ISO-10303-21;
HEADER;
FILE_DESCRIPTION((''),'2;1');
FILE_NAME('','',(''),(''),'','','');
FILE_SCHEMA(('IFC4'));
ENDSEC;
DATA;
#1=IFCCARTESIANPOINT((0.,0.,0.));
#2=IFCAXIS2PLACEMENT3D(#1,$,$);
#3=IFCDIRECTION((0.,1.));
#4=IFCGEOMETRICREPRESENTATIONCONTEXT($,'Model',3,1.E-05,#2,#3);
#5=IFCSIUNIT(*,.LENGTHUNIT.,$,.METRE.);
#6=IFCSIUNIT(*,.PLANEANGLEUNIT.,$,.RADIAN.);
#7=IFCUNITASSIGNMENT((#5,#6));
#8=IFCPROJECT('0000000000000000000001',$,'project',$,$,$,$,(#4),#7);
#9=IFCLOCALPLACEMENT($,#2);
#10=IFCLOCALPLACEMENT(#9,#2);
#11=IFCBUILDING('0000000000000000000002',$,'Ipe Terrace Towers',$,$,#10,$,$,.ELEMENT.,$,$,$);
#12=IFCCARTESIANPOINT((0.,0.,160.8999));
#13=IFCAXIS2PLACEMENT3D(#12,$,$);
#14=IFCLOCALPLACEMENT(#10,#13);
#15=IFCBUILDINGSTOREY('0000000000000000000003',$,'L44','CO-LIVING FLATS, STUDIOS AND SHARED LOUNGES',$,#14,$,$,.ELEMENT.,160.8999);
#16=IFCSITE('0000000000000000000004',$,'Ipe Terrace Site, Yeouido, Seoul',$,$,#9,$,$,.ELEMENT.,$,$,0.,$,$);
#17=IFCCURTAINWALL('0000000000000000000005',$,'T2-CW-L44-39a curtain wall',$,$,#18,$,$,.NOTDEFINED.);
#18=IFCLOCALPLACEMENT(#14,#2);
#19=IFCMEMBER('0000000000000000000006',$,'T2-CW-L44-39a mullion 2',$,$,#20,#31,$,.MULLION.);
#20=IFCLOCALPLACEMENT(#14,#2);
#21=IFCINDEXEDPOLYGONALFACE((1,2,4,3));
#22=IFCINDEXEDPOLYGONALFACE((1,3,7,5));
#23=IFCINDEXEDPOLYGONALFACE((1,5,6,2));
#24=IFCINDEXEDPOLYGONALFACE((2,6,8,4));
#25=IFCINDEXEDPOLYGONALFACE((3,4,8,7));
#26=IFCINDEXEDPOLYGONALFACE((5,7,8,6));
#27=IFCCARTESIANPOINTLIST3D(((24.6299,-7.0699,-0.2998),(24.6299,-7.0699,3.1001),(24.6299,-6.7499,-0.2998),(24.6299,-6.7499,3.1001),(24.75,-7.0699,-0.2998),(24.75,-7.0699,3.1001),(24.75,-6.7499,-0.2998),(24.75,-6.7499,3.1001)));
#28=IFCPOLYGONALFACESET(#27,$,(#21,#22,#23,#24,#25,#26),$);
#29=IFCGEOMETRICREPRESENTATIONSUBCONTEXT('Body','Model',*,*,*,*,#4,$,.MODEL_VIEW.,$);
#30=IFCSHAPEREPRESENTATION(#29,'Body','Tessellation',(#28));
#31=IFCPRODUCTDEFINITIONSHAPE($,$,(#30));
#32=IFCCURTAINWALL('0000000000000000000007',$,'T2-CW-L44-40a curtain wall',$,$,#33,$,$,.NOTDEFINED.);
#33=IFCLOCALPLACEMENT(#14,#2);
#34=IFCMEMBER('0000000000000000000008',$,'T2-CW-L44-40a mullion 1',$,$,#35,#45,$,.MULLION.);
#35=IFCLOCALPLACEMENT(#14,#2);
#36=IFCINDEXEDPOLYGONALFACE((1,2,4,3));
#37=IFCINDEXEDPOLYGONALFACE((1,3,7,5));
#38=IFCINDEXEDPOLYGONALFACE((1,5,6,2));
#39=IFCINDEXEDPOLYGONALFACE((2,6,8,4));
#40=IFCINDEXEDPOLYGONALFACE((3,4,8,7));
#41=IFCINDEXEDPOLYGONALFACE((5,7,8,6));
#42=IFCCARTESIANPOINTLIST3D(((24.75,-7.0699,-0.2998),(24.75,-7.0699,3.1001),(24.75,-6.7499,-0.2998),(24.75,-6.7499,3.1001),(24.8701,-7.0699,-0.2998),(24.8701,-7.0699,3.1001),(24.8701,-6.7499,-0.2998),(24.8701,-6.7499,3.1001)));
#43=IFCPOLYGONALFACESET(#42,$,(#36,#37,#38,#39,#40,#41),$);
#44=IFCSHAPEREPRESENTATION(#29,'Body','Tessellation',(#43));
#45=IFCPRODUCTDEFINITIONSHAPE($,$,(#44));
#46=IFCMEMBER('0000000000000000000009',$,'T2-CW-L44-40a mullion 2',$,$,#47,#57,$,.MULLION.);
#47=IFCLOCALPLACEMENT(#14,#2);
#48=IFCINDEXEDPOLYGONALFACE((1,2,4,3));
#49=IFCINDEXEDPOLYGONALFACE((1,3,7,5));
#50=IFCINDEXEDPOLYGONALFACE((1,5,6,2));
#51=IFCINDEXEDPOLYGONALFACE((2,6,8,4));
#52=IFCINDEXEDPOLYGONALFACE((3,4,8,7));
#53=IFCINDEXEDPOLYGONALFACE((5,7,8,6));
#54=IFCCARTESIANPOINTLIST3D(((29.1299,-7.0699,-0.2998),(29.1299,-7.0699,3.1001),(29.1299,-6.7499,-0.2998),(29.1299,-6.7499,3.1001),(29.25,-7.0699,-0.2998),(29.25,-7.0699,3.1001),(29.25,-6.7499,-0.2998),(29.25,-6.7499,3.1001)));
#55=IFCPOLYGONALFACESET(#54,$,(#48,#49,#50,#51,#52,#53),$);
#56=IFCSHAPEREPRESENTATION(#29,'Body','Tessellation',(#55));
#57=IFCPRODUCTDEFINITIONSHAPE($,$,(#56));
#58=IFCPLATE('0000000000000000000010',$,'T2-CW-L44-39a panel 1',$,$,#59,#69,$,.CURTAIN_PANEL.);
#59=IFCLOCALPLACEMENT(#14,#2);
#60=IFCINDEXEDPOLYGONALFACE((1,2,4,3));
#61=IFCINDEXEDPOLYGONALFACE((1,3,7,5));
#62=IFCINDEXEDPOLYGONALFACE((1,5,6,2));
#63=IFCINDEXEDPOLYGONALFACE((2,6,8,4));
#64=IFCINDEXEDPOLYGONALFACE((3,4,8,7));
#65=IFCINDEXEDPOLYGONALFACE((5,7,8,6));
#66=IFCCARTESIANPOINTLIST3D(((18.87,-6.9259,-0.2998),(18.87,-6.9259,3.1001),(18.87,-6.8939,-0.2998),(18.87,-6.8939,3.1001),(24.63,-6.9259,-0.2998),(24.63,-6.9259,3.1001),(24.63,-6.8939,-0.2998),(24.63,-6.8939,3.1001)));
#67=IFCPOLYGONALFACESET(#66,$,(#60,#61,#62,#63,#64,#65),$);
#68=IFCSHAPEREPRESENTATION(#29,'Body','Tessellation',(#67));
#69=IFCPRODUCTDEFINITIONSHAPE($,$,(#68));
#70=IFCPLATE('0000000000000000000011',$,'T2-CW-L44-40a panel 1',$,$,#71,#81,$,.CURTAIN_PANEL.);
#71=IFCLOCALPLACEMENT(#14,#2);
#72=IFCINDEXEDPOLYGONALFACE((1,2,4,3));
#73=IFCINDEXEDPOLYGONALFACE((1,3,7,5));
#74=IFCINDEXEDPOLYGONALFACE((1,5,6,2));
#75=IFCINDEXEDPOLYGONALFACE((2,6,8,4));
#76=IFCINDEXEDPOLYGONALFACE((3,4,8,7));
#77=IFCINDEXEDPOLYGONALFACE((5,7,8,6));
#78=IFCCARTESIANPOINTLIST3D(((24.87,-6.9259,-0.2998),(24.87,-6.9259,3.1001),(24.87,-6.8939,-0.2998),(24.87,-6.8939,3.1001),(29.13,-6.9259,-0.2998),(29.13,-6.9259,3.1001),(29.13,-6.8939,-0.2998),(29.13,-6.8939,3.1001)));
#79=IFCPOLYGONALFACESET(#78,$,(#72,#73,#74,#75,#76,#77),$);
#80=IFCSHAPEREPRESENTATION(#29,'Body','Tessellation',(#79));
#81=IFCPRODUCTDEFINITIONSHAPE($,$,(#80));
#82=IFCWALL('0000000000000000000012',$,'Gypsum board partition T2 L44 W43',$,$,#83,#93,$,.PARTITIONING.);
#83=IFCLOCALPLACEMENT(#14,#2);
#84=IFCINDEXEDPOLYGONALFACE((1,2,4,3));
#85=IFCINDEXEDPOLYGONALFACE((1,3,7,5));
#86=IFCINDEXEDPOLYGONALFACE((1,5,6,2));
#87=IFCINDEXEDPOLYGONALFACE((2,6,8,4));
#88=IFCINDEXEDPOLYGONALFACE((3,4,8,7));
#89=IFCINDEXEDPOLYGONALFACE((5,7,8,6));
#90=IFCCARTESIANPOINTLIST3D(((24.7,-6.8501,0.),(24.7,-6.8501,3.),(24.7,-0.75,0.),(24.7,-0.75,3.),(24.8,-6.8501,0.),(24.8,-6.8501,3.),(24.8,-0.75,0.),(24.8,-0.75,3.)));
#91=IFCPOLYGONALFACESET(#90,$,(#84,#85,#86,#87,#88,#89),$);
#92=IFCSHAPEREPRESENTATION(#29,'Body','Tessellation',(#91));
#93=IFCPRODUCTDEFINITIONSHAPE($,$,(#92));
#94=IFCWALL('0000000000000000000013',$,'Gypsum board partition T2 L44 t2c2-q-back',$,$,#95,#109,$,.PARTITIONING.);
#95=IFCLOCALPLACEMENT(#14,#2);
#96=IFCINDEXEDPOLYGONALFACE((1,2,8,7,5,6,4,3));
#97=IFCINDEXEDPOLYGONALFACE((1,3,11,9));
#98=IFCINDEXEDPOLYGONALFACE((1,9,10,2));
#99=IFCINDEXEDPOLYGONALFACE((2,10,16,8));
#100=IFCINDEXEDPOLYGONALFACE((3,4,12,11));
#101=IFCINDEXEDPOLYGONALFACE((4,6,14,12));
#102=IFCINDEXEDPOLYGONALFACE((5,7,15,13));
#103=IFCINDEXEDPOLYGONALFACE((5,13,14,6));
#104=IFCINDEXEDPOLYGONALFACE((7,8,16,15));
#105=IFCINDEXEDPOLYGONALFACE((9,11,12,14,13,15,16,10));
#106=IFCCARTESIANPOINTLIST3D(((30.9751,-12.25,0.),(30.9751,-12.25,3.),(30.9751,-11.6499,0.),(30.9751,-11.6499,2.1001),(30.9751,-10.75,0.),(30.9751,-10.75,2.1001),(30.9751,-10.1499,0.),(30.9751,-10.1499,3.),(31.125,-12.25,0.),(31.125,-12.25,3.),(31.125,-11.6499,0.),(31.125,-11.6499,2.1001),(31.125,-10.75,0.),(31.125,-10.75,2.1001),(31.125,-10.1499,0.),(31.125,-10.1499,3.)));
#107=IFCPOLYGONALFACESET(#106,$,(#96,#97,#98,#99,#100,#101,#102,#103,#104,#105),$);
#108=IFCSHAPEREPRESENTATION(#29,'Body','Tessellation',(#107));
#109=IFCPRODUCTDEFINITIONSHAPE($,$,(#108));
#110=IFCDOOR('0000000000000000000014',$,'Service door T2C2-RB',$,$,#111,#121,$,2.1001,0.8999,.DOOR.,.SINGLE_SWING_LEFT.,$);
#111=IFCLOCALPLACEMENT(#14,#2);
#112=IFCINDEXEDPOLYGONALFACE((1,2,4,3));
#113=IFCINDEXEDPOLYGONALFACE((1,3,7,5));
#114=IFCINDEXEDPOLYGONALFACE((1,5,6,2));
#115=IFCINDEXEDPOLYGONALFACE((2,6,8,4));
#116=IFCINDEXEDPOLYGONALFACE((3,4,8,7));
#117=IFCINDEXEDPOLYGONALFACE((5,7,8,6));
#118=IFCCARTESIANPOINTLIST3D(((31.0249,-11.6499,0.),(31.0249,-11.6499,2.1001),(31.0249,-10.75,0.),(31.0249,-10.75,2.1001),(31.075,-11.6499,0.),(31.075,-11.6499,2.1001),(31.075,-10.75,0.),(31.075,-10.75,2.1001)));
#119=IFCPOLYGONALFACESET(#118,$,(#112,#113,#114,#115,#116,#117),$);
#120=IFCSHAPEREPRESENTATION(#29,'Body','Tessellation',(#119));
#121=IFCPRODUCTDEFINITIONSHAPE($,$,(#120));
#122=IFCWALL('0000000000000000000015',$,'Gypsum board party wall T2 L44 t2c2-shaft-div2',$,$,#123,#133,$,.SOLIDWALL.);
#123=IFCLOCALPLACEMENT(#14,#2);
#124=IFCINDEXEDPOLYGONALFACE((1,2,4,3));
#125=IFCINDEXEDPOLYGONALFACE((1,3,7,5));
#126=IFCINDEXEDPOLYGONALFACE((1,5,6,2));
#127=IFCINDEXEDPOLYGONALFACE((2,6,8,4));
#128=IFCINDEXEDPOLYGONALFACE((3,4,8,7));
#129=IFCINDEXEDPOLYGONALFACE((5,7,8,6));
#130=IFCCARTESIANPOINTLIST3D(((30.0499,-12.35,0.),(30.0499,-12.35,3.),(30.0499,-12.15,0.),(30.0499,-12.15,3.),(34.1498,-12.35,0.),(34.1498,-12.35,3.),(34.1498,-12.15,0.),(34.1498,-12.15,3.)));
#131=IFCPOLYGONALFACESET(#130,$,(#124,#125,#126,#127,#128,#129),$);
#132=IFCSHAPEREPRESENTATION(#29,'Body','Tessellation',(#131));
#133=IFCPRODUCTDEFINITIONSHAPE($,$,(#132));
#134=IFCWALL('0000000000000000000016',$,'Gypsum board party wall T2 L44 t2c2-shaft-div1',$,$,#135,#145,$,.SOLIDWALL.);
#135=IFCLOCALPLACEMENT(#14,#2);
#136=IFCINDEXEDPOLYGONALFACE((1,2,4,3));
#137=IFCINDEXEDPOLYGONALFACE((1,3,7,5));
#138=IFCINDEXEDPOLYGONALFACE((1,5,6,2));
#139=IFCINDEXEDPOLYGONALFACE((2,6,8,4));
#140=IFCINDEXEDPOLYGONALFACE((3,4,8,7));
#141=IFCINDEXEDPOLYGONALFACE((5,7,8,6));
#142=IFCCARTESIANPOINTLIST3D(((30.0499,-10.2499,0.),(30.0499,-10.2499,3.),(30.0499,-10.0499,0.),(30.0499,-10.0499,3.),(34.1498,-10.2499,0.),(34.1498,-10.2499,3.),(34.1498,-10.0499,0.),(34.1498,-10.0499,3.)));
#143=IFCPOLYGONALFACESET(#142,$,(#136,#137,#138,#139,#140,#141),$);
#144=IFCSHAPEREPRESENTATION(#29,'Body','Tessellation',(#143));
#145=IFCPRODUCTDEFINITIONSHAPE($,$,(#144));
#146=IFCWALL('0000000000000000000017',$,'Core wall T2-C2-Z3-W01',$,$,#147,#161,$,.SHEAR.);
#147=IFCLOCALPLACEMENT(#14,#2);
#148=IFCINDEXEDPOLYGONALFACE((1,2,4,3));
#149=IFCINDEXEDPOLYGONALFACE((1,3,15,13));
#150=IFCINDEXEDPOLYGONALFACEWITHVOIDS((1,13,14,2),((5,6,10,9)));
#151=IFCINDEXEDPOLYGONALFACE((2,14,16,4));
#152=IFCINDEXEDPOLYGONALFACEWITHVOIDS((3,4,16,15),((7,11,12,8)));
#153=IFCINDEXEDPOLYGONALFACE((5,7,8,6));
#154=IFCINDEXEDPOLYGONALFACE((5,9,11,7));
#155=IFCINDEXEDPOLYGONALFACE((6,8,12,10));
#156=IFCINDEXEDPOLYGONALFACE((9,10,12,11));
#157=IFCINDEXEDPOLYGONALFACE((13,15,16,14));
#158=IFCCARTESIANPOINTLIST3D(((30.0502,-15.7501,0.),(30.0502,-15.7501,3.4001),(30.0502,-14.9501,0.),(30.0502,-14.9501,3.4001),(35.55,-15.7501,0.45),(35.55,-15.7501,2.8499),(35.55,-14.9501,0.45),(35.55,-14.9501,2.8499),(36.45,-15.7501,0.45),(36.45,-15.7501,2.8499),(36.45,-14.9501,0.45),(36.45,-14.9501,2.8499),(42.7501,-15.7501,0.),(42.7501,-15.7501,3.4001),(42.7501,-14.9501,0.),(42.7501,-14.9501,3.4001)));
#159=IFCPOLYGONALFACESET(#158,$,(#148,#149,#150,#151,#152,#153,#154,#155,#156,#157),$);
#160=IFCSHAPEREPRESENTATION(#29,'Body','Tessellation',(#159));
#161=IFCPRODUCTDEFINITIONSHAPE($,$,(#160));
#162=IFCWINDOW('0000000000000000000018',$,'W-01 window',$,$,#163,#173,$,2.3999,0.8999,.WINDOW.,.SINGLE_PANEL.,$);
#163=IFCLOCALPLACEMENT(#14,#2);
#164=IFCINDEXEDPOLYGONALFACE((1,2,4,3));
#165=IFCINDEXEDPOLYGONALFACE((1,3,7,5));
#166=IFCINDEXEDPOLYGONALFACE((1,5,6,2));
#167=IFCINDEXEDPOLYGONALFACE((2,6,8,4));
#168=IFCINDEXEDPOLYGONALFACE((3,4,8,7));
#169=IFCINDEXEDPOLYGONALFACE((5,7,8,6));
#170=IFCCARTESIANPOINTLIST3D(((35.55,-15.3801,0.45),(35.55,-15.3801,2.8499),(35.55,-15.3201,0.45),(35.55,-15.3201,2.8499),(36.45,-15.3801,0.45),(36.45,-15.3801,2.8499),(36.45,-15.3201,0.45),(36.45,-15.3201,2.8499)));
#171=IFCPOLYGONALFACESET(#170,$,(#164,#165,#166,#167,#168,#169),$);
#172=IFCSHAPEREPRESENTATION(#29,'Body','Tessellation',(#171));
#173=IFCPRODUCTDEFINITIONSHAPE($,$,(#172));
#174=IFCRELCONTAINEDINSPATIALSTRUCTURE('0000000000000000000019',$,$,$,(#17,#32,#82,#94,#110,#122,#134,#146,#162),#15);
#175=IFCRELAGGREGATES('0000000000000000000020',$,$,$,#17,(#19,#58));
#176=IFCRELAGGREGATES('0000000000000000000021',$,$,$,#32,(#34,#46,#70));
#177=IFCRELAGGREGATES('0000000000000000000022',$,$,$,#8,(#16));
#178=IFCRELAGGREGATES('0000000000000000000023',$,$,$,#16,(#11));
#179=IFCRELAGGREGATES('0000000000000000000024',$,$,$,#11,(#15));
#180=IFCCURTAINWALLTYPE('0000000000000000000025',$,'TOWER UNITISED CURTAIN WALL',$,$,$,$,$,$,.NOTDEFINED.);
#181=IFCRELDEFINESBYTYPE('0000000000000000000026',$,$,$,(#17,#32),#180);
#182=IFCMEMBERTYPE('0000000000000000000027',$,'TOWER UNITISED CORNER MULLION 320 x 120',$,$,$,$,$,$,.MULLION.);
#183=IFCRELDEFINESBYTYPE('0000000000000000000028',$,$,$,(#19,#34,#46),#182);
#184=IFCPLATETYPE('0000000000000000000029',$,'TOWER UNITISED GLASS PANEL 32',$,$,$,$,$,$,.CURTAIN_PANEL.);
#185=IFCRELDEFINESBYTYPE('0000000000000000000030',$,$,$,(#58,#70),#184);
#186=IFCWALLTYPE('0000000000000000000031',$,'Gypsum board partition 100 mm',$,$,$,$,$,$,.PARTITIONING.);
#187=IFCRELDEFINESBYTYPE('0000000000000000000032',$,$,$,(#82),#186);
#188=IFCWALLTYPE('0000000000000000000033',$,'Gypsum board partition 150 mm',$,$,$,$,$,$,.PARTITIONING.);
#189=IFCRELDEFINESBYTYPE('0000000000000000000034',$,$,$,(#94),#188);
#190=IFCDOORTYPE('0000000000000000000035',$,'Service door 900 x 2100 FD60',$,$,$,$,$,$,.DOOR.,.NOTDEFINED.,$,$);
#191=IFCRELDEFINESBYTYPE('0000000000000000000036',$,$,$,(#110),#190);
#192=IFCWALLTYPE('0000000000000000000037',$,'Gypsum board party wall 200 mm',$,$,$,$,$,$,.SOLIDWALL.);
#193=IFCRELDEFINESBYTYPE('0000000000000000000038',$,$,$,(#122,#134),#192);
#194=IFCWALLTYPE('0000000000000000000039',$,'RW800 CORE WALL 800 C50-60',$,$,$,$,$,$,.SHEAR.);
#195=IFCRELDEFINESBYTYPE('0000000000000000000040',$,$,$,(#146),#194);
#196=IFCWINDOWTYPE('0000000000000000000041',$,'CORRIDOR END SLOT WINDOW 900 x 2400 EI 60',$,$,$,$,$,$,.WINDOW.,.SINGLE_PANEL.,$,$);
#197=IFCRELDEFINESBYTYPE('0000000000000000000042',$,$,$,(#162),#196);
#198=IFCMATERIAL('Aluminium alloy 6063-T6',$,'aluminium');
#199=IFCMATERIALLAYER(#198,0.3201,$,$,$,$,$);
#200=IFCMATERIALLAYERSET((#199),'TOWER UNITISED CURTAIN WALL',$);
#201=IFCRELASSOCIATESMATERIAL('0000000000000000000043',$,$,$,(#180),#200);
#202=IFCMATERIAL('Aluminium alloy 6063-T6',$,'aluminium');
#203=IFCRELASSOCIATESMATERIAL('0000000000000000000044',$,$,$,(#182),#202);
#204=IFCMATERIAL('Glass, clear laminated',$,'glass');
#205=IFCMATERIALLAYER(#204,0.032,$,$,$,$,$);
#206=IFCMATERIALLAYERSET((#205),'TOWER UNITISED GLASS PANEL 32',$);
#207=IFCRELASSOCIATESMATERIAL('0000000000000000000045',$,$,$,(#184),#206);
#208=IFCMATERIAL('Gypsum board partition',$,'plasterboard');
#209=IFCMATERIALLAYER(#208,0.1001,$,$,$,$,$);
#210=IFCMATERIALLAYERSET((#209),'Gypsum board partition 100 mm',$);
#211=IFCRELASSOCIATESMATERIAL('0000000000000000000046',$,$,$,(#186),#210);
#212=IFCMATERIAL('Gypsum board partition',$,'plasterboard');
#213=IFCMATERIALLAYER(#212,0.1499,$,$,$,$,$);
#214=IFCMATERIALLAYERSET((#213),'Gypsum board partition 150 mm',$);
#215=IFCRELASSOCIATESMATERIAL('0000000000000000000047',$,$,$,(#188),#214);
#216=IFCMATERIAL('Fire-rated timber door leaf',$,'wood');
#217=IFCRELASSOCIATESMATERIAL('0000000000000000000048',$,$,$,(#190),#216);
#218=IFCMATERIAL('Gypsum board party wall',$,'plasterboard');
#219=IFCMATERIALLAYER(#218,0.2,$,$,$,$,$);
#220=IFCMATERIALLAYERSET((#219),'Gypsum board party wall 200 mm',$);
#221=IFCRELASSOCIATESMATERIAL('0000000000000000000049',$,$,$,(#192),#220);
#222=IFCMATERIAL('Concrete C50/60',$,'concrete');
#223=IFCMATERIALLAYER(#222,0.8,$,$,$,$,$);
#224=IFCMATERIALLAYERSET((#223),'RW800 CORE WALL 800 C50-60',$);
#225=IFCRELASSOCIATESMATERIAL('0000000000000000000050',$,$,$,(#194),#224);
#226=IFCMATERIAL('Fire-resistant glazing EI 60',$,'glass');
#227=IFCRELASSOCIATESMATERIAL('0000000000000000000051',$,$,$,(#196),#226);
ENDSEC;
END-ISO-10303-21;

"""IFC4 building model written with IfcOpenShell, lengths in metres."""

from ifc_helpers import new_model, si_unit, direction, frame, frame_2d, origin, origin_2d, place, context, subcontext, project, spatial, rectangle, extrude, material, layer, layer_set, material_profile, profile_set, type_object, element, fill, aggregate, save


model = new_model("IFC4")

# Units and contexts
model_context = context("Model", 3, precision=1e-05, world=origin(), true_north=direction((0.0, 1.0)))
body_context = subcontext(model_context, "Body", "Model", "MODEL_VIEW")
ifc_project = project(units=[si_unit("LENGTHUNIT", "METRE"), si_unit("PLANEANGLEUNIT", "RADIAN")], contexts=[model_context])

# Site, building, storey
site_placement = place(None, origin())
site = spatial("IfcSite", under=ifc_project, at=site_placement, Name="Ipe Terrace Site, Yeouido, Seoul", CompositionType="ELEMENT", RefElevation=0.0)
building_placement = place(site_placement, origin())
building = spatial("IfcBuilding", under=site, at=building_placement, Name="Ipe Terrace Towers", CompositionType="ELEMENT")
storey_placement = place(building_placement, frame((0.0, 0.0, 160.8999)))
storey = spatial("IfcBuildingStorey", under=building, at=storey_placement, Name="L44", Description="CO-LIVING FLATS, STUDIOS AND SHARED LOUNGES", CompositionType="ELEMENT", Elevation=160.8999)

# Curtain wall, member
ifc_material_1 = material(Name="Aluminium alloy 6063-T6", Category="aluminium")
ifc_layer_1 = layer(ifc_material_1, 0.3201)
ifc_layer_set_1 = layer_set([ifc_layer_1], Name="TOWER UNITISED CURTAIN WALL")
curtain_wall_type = type_object("IfcCurtainWallType", Name="TOWER UNITISED CURTAIN WALL", PredefinedType="NOTDEFINED", material=ifc_layer_set_1)
curtain_wall_1_placement = place(storey_placement, origin())
curtain_wall_1 = element("IfcCurtainWall", 1, at=curtain_wall_1_placement, inside=storey, type_object=curtain_wall_type, Name="T2-CW-L44-39a curtain wall", PredefinedType="NOTDEFINED")
ifc_material_2 = material(Name="Aluminium alloy 6063-T6", Category="aluminium")
ifc_material_profile = material_profile(ifc_material_2, rectangle(XDim=0.3201, YDim=0.1201, at=origin_2d()), Name="TOWER UNITISED CORNER MULLION 320 x 120")
ifc_profile_set = profile_set([ifc_material_profile], Name="Aluminium alloy 6063-T6")
member_type = type_object("IfcMemberType", Name="TOWER UNITISED CORNER MULLION 320 x 120", PredefinedType="MULLION", material=ifc_profile_set)
member_1_placement = place(storey_placement, frame((24.6899, -6.9099, -0.2998), z_axis=(0.0, 0.0, 1.0), x_axis=(0.0, -1.0, 0.0)))
member_1 = element("IfcMember", 2, at=member_1_placement, type_object=member_type, Name="T2-CW-L44-39a mullion 2", PredefinedType="MULLION", context=body_context, shape_type="SweptSolid", body=[
    extrude(rectangle(XDim=0.3201, YDim=0.1201, at=origin_2d()), origin(), (0.0, 0.0, 1.0), 3.3999),
])

# Curtain wall, members
curtain_wall_2_placement = place(storey_placement, origin())
curtain_wall_2 = element("IfcCurtainWall", 3, at=curtain_wall_2_placement, inside=storey, type_object=curtain_wall_type, Name="T2-CW-L44-40a curtain wall", PredefinedType="NOTDEFINED")
member_2_placement = place(storey_placement, frame((24.8101, -6.9099, -0.2998), z_axis=(0.0, 0.0, 1.0), x_axis=(0.0, -1.0, 0.0)))
member_2 = element("IfcMember", 4, at=member_2_placement, type_object=member_type, Name="T2-CW-L44-40a mullion 1", PredefinedType="MULLION", context=body_context, shape_type="SweptSolid", body=[
    extrude(rectangle(XDim=0.3201, YDim=0.1201, at=origin_2d()), origin(), (0.0, 0.0, 1.0), 3.3999),
])
member_3_placement = place(storey_placement, frame((29.1899, -6.9099, -0.2998), z_axis=(0.0, 0.0, 1.0), x_axis=(0.0, -1.0, 0.0)))
member_3 = element("IfcMember", 5, at=member_3_placement, type_object=member_type, Name="T2-CW-L44-40a mullion 2", PredefinedType="MULLION", context=body_context, shape_type="SweptSolid", body=[
    extrude(rectangle(XDim=0.3201, YDim=0.1201, at=origin_2d()), origin(), (0.0, 0.0, 1.0), 3.3999),
])

# Plates
ifc_material_3 = material(Name="Glass, clear laminated", Category="glass")
ifc_layer_2 = layer(ifc_material_3, 0.032)
ifc_layer_set_2 = layer_set([ifc_layer_2], Name="TOWER UNITISED GLASS PANEL 32")
plate_type = type_object("IfcPlateType", Name="TOWER UNITISED GLASS PANEL 32", PredefinedType="CURTAIN_PANEL", material=ifc_layer_set_2)
plate_1_placement = place(storey_placement, frame((21.75, -6.9099, -0.2998), z_axis=(0.0, 0.0, 1.0), x_axis=(1.0, 0.0, 0.0)))
plate_1 = element("IfcPlate", 6, at=plate_1_placement, type_object=plate_type, Name="T2-CW-L44-39a panel 1", PredefinedType="CURTAIN_PANEL", context=body_context, shape_type="SweptSolid", body=[
    extrude(rectangle(XDim=5.76, YDim=0.032, at=origin_2d()), origin(), (0.0, 0.0, 1.0), 3.3999),
])
aggregate(curtain_wall_1, [member_1, plate_1])
plate_2_placement = place(storey_placement, frame((27.0, -6.9099, -0.2998), z_axis=(0.0, 0.0, 1.0), x_axis=(1.0, 0.0, 0.0)))
plate_2 = element("IfcPlate", 7, at=plate_2_placement, type_object=plate_type, Name="T2-CW-L44-40a panel 1", PredefinedType="CURTAIN_PANEL", context=body_context, shape_type="SweptSolid", body=[
    extrude(rectangle(XDim=4.26, YDim=0.032, at=origin_2d()), origin(), (0.0, 0.0, 1.0), 3.3999),
])
aggregate(curtain_wall_2, [member_2, member_3, plate_2])

# Wall
ifc_material_4 = material(Name="Gypsum board partition", Category="plasterboard")
ifc_layer_3 = layer(ifc_material_4, 0.1001)
ifc_layer_set_3 = layer_set([ifc_layer_3], Name="Gypsum board partition 100 mm")
wall_type_1 = type_object("IfcWallType", Name="Gypsum board partition 100 mm", PredefinedType="PARTITIONING", material=ifc_layer_set_3)
wall_1_placement = place(storey_placement, frame((24.75, -6.8501, 0.0), z_axis=(0.0, 0.0, 1.0), x_axis=(0.0, 1.0, 0.0)))
element("IfcWall", 8, at=wall_1_placement, inside=storey, type_object=wall_type_1, Name="Gypsum board partition T2 L44 W43", PredefinedType="PARTITIONING", context=body_context, shape_type="SweptSolid", body=[
    extrude(rectangle(XDim=6.1001, YDim=0.1001, at=frame_2d((3.05, 0.0))), origin(), (0.0, 0.0, 1.0), 3.0),
])

# Wall, opening, door
ifc_material_5 = material(Name="Gypsum board partition", Category="plasterboard")
ifc_layer_4 = layer(ifc_material_5, 0.1499)
ifc_layer_set_4 = layer_set([ifc_layer_4], Name="Gypsum board partition 150 mm")
wall_type_2 = type_object("IfcWallType", Name="Gypsum board partition 150 mm", PredefinedType="PARTITIONING", material=ifc_layer_set_4)
wall_2_placement = place(storey_placement, frame((31.05, -10.1499, 0.0), z_axis=(0.0, 0.0, 1.0), x_axis=(0.0, -1.0, 0.0)))
wall_2 = element("IfcWall", 9, at=wall_2_placement, inside=storey, type_object=wall_type_2, Name="Gypsum board partition T2 L44 t2c2-q-back", PredefinedType="PARTITIONING", context=body_context, shape_type="SweptSolid", body=[
    extrude(rectangle(XDim=2.1001, YDim=0.1499, at=frame_2d((1.05, 0.0))), origin(), (0.0, 0.0, 1.0), 3.0),
])
opening_1_placement = place(wall_2_placement, frame((0.6001, 0.0, 0.0)))
opening_1 = element("IfcOpeningElement", 10, at=opening_1_placement, cuts=wall_2, PredefinedType="OPENING", context=body_context, shape_type="SweptSolid", body=[
    extrude(rectangle(XDim=0.8999, YDim=2.1001, at=frame_2d((0.45, 1.05))), frame((0.0, 0.085, 0.0), z_axis=(0.0, -1.0, 0.0), x_axis=(1.0, 0.0, 0.0)), (0.0, 0.0, 1.0), 0.1699),
])
ifc_material_6 = material(Name="Fire-rated timber door leaf", Category="wood")
door_type = type_object("IfcDoorType", Name="Service door 900 x 2100 FD60", OperationType="NOTDEFINED", PredefinedType="DOOR", material=ifc_material_6)
door_placement = place(opening_1_placement, origin())
door = element("IfcDoor", 11, at=door_placement, inside=storey, type_object=door_type, Name="Service door T2C2-RB", OperationType="SINGLE_SWING_LEFT", OverallHeight=2.1001, OverallWidth=0.8999, PredefinedType="DOOR", context=body_context, shape_type="SweptSolid", body=[
    extrude(rectangle(XDim=0.8999, YDim=2.1001, at=frame_2d((0.45, 1.05))), frame((0.0, 0.0249, 0.0), z_axis=(0.0, -1.0, 0.0), x_axis=(1.0, 0.0, 0.0)), (0.0, 0.0, 1.0), 0.05),
])
fill(opening_1, door)

# Walls
ifc_material_7 = material(Name="Gypsum board party wall", Category="plasterboard")
ifc_layer_5 = layer(ifc_material_7, 0.2)
ifc_layer_set_5 = layer_set([ifc_layer_5], Name="Gypsum board party wall 200 mm")
wall_type_3 = type_object("IfcWallType", Name="Gypsum board party wall 200 mm", PredefinedType="SOLIDWALL", material=ifc_layer_set_5)
for number, where, z_axis, x_axis, name in (
    (12, (30.05, -12.25, 0.0), (0.0, 0.0, 1.0), (1.0, 0.0, 0.0), "Gypsum board party wall T2 L44 t2c2-shaft-div2"),
    (13, (30.05, -10.1499, 0.0), (0.0, 0.0, 1.0), (1.0, 0.0, 0.0), "Gypsum board party wall T2 L44 t2c2-shaft-div1"),
):
    element("IfcWall", number, at=place(storey_placement, frame(where, z_axis=z_axis, x_axis=x_axis)), inside=storey, type_object=wall_type_3, Name=name, PredefinedType="SOLIDWALL", context=body_context, shape_type="SweptSolid", body=[
        extrude(rectangle(XDim=4.0999, YDim=0.2, at=frame_2d((2.0498, 0.0))), origin(), (0.0, 0.0, 1.0), 3.0),
    ])

# Wall, opening, window
ifc_material_8 = material(Name="Concrete C50/60", Category="concrete")
ifc_layer_6 = layer(ifc_material_8, 0.8)
ifc_layer_set_6 = layer_set([ifc_layer_6], Name="RW800 CORE WALL 800 C50-60")
wall_type_4 = type_object("IfcWallType", Name="RW800 CORE WALL 800 C50-60", PredefinedType="SHEAR", material=ifc_layer_set_6)
wall_3_placement = place(storey_placement, frame((30.05, -15.3501, 0.0), z_axis=(0.0, 0.0, 1.0), x_axis=(1.0, 0.0, 0.0)))
wall_3 = element("IfcWall", 14, at=wall_3_placement, inside=storey, type_object=wall_type_4, Name="Core wall T2-C2-Z3-W01", PredefinedType="SHEAR", context=body_context, shape_type="SweptSolid", body=[
    extrude(rectangle(XDim=12.7, YDim=0.8, at=frame_2d((6.3501, 0.0))), origin(), (0.0, 0.0, 1.0), 3.4001),
])
opening_2_placement = place(wall_3_placement, frame((5.5, 0.0, 0.45)))
opening_2 = element("IfcOpeningElement", 15, at=opening_2_placement, cuts=wall_3, PredefinedType="OPENING", context=body_context, shape_type="SweptSolid", body=[
    extrude(rectangle(XDim=0.8999, YDim=2.3999, at=frame_2d((0.45, 1.2))), frame((0.0, 0.4102, 0.0), z_axis=(0.0, -1.0, 0.0), x_axis=(1.0, 0.0, 0.0)), (0.0, 0.0, 1.0), 0.8201),
])
ifc_material_9 = material(Name="Fire-resistant glazing EI 60", Category="glass")
window_type = type_object("IfcWindowType", Name="CORRIDOR END SLOT WINDOW 900 x 2400 EI 60", PartitioningType="SINGLE_PANEL", PredefinedType="WINDOW", material=ifc_material_9)
window_placement = place(opening_2_placement, origin())
window = element("IfcWindow", 16, at=window_placement, inside=storey, type_object=window_type, Name="W-01 window", OverallHeight=2.3999, OverallWidth=0.8999, PartitioningType="SINGLE_PANEL", PredefinedType="WINDOW", context=body_context, shape_type="SweptSolid", body=[
    extrude(rectangle(XDim=0.8999, YDim=2.3999, at=frame_2d((0.45, 1.2))), frame((0.0, 0.03, 0.0), z_axis=(0.0, -1.0, 0.0), x_axis=(1.0, 0.0, 0.0)), (0.0, 0.0, 1.0), 0.0601),
])
fill(opening_2, window)

save(model, "model.ifc")
